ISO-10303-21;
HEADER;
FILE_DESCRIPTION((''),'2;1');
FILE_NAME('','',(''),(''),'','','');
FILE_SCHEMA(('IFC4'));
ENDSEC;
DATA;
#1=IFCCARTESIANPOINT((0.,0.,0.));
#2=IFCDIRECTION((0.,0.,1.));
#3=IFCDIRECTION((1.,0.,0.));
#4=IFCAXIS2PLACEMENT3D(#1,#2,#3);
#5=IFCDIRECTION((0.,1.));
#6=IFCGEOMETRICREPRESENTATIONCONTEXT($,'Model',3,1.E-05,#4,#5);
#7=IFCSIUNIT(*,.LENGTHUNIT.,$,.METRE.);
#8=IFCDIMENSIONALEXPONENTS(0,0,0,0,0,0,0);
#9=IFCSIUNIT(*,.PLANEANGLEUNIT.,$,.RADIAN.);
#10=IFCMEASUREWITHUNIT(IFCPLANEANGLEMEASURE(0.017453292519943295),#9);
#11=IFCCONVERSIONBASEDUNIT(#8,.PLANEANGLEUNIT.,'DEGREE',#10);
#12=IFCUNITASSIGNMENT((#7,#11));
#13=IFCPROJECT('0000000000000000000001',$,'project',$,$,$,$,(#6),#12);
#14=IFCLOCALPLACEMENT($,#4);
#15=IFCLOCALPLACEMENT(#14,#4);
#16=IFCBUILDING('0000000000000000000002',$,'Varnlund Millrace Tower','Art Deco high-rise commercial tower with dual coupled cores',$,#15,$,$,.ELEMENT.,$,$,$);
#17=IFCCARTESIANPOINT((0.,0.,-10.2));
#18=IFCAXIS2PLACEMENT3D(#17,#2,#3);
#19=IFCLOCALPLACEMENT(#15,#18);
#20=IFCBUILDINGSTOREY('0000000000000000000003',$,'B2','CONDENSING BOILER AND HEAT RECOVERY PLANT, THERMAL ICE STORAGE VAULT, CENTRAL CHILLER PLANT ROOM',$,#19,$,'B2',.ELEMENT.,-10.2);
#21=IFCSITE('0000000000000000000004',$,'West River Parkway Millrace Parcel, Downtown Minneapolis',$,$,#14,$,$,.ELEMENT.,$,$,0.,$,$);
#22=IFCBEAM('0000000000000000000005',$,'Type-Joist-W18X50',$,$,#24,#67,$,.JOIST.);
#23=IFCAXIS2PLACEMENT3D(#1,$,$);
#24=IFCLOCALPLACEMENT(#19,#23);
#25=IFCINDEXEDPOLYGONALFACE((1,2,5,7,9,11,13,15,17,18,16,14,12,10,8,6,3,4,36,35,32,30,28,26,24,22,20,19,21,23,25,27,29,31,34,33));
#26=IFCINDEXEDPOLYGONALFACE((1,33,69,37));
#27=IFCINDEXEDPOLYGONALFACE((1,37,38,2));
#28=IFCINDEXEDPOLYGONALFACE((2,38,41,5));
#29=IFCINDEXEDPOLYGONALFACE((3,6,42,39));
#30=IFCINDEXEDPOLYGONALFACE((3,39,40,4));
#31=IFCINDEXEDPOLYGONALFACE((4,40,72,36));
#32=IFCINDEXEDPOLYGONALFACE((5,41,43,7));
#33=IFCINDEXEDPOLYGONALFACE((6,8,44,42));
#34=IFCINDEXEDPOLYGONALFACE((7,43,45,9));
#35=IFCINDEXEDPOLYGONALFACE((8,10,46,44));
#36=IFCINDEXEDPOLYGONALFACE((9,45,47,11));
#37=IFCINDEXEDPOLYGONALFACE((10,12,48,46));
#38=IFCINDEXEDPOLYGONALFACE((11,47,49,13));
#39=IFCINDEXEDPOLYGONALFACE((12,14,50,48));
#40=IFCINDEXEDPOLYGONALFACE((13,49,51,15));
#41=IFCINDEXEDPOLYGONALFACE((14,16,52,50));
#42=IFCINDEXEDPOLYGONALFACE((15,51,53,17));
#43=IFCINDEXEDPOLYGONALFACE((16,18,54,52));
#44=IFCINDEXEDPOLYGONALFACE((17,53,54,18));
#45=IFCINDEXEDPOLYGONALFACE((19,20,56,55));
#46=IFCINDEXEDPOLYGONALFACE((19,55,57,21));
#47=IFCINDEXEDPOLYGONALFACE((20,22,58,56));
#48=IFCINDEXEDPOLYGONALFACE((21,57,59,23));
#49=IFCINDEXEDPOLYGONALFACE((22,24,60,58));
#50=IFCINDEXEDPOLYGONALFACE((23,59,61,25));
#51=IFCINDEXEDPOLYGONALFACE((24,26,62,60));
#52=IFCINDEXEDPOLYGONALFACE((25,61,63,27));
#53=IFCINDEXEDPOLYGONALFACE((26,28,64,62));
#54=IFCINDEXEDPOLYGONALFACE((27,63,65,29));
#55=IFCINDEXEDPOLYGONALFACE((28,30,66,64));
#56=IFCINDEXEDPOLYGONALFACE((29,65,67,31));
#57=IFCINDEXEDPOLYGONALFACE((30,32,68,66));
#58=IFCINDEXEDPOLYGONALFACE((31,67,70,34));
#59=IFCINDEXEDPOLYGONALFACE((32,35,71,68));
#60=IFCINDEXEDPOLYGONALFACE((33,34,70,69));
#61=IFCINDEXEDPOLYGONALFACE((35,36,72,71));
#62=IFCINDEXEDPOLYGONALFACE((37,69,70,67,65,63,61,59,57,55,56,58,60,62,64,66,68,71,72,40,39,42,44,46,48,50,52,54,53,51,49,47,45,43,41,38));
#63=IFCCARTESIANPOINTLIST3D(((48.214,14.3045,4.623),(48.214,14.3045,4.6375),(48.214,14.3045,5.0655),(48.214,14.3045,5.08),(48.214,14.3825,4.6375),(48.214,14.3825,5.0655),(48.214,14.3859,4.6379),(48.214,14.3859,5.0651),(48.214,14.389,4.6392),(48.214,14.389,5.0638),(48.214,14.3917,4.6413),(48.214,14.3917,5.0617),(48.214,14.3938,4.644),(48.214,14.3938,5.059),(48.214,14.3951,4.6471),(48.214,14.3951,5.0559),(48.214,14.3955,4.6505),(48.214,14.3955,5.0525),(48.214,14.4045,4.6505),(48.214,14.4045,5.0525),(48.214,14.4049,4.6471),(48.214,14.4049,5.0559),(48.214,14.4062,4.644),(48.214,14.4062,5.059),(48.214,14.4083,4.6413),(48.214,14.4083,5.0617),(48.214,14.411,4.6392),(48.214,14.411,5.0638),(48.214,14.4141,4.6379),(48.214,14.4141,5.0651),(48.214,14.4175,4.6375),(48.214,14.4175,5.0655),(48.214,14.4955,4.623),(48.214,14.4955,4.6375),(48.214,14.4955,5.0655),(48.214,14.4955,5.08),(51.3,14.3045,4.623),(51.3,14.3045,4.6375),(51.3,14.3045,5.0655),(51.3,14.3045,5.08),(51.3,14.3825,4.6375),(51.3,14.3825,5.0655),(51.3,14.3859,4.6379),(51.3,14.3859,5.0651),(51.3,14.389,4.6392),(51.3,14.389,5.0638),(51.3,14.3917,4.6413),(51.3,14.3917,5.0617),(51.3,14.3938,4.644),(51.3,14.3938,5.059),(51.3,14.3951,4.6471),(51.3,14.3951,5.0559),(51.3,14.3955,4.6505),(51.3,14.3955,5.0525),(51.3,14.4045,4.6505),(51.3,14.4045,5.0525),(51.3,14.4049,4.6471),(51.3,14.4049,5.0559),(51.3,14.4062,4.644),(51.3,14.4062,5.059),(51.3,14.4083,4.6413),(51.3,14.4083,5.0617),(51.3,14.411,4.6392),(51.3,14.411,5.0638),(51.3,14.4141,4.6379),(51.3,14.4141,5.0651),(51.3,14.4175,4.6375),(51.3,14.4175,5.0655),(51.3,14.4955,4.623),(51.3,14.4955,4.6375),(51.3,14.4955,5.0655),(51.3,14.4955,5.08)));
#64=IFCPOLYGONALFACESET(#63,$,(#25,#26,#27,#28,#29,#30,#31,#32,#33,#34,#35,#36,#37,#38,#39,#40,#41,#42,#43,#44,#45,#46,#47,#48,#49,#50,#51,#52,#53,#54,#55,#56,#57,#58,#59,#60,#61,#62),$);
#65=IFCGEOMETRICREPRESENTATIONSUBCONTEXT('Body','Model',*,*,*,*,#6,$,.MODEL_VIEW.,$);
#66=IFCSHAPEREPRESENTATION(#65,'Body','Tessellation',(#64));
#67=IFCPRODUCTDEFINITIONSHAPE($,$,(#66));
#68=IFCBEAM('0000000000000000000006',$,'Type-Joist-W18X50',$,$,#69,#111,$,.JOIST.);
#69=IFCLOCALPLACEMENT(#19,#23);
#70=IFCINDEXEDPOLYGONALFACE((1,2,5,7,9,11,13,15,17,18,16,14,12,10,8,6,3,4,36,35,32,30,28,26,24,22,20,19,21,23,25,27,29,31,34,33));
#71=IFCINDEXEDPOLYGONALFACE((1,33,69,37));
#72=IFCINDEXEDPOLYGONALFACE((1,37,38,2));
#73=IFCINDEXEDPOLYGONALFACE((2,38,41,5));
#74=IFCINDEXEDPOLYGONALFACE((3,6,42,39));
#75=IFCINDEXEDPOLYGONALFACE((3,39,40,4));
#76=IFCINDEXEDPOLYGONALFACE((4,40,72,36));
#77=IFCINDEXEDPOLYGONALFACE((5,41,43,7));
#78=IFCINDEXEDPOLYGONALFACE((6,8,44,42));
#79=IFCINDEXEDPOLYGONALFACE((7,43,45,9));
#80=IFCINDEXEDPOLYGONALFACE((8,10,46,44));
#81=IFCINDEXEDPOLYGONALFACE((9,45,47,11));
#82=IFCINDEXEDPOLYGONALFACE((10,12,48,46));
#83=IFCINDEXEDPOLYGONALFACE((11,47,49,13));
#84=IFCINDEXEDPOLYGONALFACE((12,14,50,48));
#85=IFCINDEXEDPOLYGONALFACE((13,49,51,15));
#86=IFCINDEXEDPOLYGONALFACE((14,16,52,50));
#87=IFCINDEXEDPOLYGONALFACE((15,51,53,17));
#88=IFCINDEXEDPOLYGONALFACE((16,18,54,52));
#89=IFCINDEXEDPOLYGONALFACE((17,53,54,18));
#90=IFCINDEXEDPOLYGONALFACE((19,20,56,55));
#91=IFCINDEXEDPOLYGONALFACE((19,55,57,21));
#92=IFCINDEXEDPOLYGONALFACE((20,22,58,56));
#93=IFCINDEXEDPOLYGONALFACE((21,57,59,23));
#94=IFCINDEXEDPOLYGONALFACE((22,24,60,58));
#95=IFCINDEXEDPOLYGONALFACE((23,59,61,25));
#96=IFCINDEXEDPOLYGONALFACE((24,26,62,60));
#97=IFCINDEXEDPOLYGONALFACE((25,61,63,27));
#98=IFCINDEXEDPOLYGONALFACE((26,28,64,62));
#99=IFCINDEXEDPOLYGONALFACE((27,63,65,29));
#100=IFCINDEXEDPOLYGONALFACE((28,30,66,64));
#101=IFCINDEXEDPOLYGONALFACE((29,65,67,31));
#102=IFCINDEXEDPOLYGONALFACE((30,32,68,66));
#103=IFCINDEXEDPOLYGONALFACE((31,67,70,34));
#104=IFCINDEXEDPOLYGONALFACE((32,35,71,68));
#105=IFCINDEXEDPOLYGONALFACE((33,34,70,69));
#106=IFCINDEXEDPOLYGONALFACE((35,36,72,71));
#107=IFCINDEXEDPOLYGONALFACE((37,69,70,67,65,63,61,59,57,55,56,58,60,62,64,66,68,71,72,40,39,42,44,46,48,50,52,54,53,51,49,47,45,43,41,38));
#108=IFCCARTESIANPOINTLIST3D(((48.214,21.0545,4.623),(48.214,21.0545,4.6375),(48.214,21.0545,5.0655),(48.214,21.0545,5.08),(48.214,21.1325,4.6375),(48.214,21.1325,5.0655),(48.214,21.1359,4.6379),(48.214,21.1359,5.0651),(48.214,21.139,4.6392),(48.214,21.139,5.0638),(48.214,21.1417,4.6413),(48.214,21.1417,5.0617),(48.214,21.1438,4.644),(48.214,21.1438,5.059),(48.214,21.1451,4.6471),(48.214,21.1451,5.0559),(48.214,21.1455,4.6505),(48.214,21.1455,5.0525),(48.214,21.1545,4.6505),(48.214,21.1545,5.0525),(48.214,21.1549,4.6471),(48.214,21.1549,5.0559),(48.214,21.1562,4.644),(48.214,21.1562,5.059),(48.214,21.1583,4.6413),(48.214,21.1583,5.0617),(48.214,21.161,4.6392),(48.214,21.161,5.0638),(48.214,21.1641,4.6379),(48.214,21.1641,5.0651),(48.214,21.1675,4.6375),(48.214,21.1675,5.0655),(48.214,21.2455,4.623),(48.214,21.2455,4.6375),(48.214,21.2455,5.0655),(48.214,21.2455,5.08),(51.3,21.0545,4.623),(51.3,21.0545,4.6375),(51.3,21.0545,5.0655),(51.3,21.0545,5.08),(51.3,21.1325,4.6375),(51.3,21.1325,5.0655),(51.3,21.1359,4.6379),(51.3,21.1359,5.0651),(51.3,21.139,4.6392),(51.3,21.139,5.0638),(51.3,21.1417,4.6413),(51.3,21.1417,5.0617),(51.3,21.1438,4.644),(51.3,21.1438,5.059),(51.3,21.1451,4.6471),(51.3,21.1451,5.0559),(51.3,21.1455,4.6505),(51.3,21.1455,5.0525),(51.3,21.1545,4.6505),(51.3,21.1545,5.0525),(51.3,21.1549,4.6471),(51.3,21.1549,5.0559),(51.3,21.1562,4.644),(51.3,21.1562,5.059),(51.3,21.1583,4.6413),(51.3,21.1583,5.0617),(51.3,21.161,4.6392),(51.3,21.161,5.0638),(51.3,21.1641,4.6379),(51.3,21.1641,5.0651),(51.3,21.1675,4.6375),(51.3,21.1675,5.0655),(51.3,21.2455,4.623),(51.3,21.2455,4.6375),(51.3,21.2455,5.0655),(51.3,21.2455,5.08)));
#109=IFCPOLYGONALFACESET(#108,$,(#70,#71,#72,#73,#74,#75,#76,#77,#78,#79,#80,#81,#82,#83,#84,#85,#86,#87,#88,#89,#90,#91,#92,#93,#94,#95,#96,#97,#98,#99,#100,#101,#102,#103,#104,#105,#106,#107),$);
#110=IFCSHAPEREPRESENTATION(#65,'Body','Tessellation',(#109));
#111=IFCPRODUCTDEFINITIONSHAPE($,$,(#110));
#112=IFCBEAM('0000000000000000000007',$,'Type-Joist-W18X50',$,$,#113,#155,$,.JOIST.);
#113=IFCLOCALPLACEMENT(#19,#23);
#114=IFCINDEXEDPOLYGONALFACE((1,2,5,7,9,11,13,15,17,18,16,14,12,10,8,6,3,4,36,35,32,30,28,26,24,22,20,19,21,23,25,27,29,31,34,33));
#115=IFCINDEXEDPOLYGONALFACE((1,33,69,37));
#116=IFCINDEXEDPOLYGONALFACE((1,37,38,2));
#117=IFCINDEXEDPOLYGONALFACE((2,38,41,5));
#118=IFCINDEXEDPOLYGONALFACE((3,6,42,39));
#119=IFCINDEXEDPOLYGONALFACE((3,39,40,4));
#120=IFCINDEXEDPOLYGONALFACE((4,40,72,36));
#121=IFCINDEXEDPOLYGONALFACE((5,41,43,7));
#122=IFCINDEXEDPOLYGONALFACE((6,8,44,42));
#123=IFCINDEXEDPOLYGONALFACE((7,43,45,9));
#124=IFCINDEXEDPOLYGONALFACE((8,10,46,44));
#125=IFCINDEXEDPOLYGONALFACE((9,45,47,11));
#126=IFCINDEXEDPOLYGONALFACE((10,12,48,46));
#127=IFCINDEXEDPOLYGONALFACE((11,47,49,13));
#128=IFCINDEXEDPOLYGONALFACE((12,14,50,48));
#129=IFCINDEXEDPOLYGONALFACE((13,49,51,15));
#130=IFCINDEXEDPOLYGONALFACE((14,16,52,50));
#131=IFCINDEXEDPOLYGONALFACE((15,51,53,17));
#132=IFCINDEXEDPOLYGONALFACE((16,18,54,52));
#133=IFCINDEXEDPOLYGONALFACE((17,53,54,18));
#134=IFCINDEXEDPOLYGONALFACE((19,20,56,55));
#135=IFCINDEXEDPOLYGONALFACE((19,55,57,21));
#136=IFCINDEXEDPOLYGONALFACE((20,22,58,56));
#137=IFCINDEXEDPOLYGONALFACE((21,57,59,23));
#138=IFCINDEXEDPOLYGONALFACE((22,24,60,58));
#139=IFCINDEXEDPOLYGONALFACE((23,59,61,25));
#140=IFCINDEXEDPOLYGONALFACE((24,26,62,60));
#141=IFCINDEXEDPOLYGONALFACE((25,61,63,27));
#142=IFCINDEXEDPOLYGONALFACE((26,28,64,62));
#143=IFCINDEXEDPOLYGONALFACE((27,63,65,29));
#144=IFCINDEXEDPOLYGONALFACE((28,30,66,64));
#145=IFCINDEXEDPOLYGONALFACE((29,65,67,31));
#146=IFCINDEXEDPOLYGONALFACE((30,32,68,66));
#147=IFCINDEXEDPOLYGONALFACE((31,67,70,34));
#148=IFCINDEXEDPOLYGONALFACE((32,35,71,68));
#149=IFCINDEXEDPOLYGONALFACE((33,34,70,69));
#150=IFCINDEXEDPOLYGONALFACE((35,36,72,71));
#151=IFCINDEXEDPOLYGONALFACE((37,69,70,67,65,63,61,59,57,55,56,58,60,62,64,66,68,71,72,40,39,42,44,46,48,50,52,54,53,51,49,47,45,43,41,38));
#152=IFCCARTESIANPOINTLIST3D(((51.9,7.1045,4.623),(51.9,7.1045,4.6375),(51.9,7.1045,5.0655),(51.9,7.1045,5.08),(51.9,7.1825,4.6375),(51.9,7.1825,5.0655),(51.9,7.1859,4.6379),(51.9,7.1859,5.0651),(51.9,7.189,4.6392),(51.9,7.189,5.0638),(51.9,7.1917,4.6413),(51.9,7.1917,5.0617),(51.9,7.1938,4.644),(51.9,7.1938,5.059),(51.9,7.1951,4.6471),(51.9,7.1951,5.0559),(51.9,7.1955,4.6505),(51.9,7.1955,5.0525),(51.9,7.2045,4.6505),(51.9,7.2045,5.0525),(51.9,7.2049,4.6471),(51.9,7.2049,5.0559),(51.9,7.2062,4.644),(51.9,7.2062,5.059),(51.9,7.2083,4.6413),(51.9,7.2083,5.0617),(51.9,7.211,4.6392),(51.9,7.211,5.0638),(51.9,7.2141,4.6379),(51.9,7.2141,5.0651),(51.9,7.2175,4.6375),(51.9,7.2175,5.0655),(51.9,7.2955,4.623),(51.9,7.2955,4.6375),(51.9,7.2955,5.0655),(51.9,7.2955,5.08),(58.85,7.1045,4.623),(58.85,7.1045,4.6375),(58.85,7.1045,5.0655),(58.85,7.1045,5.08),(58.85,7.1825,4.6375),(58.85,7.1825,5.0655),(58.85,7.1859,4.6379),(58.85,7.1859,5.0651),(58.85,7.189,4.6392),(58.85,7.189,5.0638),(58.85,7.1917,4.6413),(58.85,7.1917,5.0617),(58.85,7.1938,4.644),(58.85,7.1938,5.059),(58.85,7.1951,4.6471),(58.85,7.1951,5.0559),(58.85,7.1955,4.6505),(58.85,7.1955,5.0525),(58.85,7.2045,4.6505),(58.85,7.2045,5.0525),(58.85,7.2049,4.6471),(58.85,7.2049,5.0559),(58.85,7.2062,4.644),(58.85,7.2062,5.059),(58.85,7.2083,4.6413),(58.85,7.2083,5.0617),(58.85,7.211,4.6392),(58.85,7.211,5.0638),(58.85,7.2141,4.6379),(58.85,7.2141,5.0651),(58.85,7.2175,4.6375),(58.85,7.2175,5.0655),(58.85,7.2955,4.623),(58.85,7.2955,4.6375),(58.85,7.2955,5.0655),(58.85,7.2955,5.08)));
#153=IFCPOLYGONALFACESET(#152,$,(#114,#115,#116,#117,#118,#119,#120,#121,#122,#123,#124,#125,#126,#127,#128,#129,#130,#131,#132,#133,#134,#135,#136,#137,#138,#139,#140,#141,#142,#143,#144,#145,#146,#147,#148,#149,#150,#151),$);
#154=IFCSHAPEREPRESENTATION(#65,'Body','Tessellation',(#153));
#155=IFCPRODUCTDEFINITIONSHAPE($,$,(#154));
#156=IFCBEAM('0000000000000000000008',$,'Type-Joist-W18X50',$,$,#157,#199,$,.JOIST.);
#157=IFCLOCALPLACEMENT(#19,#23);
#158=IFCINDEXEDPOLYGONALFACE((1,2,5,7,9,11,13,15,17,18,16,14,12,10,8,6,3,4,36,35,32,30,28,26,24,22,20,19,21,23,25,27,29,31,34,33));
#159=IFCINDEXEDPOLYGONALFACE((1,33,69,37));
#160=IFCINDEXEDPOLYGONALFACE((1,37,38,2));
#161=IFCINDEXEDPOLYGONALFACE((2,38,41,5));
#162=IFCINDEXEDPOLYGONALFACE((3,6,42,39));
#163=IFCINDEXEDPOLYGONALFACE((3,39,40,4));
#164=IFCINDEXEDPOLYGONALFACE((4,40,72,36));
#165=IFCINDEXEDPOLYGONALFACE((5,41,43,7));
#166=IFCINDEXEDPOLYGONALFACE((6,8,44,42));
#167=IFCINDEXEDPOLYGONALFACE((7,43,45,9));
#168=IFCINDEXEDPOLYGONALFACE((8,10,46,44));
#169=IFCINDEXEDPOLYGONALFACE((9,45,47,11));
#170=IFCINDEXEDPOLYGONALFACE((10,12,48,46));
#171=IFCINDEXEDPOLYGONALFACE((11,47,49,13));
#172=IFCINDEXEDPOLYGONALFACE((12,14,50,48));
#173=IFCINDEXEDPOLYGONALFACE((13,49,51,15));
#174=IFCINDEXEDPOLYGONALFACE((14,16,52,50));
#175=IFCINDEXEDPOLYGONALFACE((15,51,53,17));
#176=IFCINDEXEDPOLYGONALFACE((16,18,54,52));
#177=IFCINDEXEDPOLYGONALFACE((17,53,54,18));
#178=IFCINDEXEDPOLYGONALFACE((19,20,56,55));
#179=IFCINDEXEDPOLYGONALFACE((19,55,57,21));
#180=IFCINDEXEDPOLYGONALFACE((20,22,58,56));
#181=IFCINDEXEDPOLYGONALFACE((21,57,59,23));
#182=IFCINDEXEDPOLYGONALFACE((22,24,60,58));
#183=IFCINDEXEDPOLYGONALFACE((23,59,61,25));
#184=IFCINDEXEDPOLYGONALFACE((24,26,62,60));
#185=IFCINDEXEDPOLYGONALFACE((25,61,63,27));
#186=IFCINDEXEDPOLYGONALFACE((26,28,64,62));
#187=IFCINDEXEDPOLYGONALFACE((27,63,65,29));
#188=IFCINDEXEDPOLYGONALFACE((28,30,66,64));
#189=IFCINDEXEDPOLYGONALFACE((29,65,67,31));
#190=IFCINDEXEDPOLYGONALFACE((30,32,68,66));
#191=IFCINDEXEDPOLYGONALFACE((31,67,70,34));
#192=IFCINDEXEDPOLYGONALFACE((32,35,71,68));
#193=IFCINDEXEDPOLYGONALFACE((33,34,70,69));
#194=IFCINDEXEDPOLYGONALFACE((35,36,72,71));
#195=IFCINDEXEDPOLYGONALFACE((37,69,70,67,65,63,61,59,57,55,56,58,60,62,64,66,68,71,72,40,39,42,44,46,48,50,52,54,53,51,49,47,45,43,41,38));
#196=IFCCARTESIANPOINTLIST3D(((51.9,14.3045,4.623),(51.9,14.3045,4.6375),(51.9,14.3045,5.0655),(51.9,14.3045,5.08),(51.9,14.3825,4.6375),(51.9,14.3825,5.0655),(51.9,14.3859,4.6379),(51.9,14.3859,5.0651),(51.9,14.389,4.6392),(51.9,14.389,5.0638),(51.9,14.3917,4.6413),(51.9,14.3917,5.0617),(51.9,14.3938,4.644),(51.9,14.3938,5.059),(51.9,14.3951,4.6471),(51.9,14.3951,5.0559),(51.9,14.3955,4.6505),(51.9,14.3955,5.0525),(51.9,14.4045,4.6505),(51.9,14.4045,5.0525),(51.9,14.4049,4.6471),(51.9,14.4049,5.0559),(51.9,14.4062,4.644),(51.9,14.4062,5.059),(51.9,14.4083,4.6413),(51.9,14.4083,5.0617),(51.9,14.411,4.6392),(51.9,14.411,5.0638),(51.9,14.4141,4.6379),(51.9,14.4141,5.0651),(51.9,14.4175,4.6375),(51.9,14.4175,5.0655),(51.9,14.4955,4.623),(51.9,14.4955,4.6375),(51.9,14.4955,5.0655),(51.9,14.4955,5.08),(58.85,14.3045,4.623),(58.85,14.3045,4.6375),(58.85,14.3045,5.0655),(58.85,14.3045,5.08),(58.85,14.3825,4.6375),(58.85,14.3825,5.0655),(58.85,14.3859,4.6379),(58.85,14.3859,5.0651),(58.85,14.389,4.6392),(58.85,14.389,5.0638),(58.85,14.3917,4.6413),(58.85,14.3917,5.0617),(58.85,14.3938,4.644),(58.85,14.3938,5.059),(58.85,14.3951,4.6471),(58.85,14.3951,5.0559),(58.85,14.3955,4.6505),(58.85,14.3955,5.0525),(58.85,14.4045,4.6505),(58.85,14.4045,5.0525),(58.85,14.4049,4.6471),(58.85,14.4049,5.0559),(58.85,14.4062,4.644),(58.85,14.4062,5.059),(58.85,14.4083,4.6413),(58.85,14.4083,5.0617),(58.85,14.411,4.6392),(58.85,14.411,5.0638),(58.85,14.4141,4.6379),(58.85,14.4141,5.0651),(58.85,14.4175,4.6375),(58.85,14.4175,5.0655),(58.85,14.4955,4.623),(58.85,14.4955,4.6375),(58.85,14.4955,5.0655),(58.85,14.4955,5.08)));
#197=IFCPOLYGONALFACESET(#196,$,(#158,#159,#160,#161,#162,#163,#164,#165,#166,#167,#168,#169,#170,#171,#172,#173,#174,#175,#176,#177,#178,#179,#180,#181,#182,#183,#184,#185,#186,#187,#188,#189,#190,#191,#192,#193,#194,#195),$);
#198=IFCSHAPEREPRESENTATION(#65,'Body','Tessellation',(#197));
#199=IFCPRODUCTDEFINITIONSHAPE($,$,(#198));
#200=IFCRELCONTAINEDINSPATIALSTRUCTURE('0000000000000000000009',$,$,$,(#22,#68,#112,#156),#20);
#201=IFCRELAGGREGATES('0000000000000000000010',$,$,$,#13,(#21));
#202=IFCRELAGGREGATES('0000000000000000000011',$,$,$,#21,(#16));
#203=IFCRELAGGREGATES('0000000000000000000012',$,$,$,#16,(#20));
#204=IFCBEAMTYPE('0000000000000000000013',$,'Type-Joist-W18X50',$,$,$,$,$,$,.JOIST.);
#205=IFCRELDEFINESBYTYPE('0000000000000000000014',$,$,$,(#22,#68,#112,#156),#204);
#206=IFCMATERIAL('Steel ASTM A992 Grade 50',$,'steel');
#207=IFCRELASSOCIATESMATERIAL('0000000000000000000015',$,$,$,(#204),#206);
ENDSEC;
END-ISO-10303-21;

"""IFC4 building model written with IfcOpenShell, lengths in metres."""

from ifc_helpers import new_model, entity, si_unit, converted_unit, direction, frame, origin_with_axes, origin_2d_with_axis, place, context, subcontext, project, spatial, i_section, extrude, material, material_profile, profile_set, type_object, element, save


model = new_model("IFC4")

# Units and contexts
model_context = context("Model", 3, precision=1e-05, world=origin_with_axes(), true_north=direction((0.0, 1.0)))
body_context = subcontext(model_context, "Body", "Model", "MODEL_VIEW")
ifc_project = project(units=[si_unit("LENGTHUNIT", "METRE"), converted_unit("PLANEANGLEUNIT", "DEGREE", entity("IfcPlaneAngleMeasure", 0.017453292519943295), si_unit("PLANEANGLEUNIT", "RADIAN"), dimensions=[0, 0, 0, 0, 0, 0, 0])], contexts=[model_context])

# Site, building, storey
site_placement = place(None, origin_with_axes())
site = spatial("IfcSite", under=ifc_project, at=site_placement, Name="West River Parkway Millrace Parcel, Downtown Minneapolis", CompositionType="ELEMENT", RefElevation=0.0)
building_placement = place(site_placement, origin_with_axes())
building = spatial("IfcBuilding", under=site, at=building_placement, Name="Varnlund Millrace Tower", Description="Art Deco high-rise commercial tower with dual coupled cores", CompositionType="ELEMENT")
storey_placement = place(building_placement, frame((0.0, 0.0, -10.2), z_axis=(0.0, 0.0, 1.0), x_axis=(1.0, 0.0, 0.0)))
storey = spatial("IfcBuildingStorey", under=building, at=storey_placement, Name="B2", Description="CONDENSING BOILER AND HEAT RECOVERY PLANT, THERMAL ICE STORAGE VAULT, CENTRAL CHILLER PLANT ROOM", LongName="B2", CompositionType="ELEMENT", Elevation=-10.2)

# Beams
ifc_material_1 = material(Name="Steel ASTM A992 Grade 50", Category="steel")
ifc_material_profile_1 = material_profile(ifc_material_1, i_section(OverallWidth=0.191, OverallDepth=0.457, WebThickness=0.009, FlangeThickness=0.0145, FilletRadius=0.013, at=origin_2d_with_axis()), Name="Steel ASTM A992 Grade 50")
ifc_profile_set_1 = profile_set([ifc_material_profile_1], Name="Steel ASTM A992 Grade 50")
beam_type_1 = type_object("IfcBeamType", Name="Type-Joist-W18X50", PredefinedType="JOIST", material=ifc_profile_set_1)
for number, where, z_axis, x_axis, name in (
    (1, (48.214, 14.4, 4.8515), (1.0, 0.0, 0.0), (0.0, 1.0, 0.0), "Type-Joist-W18X50"),
    (2, (48.214, 21.15, 4.8515), (1.0, 0.0, 0.0), (0.0, 1.0, 0.0), "Type-Joist-W18X50"),
):
    element("IfcBeam", number, at=place(storey_placement, frame(where, z_axis=z_axis, x_axis=x_axis)), inside=storey, type_object=beam_type_1, Name=name, PredefinedType="JOIST", context=body_context, shape_type="SweptSolid", body=[
        extrude(i_section(OverallWidth=0.191, OverallDepth=0.457, WebThickness=0.009, FlangeThickness=0.0145, FilletRadius=0.013, at=origin_2d_with_axis()), origin_with_axes(), (0.0, 0.0, 1.0), 3.086),
    ])
for number, where, z_axis, x_axis, name in (
    (3, (51.9, 7.2, 4.8515), (1.0, 0.0, 0.0), (0.0, 1.0, 0.0), "Type-Joist-W18X50"),
    (4, (51.9, 14.4, 4.8515), (1.0, 0.0, 0.0), (0.0, 1.0, 0.0), "Type-Joist-W18X50"),
):
    element("IfcBeam", number, at=place(storey_placement, frame(where, z_axis=z_axis, x_axis=x_axis)), inside=storey, type_object=beam_type_1, Name=name, PredefinedType="JOIST", context=body_context, shape_type="SweptSolid", body=[
        extrude(i_section(OverallWidth=0.191, OverallDepth=0.457, WebThickness=0.009, FlangeThickness=0.0145, FilletRadius=0.013, at=origin_2d_with_axis()), origin_with_axes(), (0.0, 0.0, 1.0), 6.95),
    ])

save(model, "model.ifc")
